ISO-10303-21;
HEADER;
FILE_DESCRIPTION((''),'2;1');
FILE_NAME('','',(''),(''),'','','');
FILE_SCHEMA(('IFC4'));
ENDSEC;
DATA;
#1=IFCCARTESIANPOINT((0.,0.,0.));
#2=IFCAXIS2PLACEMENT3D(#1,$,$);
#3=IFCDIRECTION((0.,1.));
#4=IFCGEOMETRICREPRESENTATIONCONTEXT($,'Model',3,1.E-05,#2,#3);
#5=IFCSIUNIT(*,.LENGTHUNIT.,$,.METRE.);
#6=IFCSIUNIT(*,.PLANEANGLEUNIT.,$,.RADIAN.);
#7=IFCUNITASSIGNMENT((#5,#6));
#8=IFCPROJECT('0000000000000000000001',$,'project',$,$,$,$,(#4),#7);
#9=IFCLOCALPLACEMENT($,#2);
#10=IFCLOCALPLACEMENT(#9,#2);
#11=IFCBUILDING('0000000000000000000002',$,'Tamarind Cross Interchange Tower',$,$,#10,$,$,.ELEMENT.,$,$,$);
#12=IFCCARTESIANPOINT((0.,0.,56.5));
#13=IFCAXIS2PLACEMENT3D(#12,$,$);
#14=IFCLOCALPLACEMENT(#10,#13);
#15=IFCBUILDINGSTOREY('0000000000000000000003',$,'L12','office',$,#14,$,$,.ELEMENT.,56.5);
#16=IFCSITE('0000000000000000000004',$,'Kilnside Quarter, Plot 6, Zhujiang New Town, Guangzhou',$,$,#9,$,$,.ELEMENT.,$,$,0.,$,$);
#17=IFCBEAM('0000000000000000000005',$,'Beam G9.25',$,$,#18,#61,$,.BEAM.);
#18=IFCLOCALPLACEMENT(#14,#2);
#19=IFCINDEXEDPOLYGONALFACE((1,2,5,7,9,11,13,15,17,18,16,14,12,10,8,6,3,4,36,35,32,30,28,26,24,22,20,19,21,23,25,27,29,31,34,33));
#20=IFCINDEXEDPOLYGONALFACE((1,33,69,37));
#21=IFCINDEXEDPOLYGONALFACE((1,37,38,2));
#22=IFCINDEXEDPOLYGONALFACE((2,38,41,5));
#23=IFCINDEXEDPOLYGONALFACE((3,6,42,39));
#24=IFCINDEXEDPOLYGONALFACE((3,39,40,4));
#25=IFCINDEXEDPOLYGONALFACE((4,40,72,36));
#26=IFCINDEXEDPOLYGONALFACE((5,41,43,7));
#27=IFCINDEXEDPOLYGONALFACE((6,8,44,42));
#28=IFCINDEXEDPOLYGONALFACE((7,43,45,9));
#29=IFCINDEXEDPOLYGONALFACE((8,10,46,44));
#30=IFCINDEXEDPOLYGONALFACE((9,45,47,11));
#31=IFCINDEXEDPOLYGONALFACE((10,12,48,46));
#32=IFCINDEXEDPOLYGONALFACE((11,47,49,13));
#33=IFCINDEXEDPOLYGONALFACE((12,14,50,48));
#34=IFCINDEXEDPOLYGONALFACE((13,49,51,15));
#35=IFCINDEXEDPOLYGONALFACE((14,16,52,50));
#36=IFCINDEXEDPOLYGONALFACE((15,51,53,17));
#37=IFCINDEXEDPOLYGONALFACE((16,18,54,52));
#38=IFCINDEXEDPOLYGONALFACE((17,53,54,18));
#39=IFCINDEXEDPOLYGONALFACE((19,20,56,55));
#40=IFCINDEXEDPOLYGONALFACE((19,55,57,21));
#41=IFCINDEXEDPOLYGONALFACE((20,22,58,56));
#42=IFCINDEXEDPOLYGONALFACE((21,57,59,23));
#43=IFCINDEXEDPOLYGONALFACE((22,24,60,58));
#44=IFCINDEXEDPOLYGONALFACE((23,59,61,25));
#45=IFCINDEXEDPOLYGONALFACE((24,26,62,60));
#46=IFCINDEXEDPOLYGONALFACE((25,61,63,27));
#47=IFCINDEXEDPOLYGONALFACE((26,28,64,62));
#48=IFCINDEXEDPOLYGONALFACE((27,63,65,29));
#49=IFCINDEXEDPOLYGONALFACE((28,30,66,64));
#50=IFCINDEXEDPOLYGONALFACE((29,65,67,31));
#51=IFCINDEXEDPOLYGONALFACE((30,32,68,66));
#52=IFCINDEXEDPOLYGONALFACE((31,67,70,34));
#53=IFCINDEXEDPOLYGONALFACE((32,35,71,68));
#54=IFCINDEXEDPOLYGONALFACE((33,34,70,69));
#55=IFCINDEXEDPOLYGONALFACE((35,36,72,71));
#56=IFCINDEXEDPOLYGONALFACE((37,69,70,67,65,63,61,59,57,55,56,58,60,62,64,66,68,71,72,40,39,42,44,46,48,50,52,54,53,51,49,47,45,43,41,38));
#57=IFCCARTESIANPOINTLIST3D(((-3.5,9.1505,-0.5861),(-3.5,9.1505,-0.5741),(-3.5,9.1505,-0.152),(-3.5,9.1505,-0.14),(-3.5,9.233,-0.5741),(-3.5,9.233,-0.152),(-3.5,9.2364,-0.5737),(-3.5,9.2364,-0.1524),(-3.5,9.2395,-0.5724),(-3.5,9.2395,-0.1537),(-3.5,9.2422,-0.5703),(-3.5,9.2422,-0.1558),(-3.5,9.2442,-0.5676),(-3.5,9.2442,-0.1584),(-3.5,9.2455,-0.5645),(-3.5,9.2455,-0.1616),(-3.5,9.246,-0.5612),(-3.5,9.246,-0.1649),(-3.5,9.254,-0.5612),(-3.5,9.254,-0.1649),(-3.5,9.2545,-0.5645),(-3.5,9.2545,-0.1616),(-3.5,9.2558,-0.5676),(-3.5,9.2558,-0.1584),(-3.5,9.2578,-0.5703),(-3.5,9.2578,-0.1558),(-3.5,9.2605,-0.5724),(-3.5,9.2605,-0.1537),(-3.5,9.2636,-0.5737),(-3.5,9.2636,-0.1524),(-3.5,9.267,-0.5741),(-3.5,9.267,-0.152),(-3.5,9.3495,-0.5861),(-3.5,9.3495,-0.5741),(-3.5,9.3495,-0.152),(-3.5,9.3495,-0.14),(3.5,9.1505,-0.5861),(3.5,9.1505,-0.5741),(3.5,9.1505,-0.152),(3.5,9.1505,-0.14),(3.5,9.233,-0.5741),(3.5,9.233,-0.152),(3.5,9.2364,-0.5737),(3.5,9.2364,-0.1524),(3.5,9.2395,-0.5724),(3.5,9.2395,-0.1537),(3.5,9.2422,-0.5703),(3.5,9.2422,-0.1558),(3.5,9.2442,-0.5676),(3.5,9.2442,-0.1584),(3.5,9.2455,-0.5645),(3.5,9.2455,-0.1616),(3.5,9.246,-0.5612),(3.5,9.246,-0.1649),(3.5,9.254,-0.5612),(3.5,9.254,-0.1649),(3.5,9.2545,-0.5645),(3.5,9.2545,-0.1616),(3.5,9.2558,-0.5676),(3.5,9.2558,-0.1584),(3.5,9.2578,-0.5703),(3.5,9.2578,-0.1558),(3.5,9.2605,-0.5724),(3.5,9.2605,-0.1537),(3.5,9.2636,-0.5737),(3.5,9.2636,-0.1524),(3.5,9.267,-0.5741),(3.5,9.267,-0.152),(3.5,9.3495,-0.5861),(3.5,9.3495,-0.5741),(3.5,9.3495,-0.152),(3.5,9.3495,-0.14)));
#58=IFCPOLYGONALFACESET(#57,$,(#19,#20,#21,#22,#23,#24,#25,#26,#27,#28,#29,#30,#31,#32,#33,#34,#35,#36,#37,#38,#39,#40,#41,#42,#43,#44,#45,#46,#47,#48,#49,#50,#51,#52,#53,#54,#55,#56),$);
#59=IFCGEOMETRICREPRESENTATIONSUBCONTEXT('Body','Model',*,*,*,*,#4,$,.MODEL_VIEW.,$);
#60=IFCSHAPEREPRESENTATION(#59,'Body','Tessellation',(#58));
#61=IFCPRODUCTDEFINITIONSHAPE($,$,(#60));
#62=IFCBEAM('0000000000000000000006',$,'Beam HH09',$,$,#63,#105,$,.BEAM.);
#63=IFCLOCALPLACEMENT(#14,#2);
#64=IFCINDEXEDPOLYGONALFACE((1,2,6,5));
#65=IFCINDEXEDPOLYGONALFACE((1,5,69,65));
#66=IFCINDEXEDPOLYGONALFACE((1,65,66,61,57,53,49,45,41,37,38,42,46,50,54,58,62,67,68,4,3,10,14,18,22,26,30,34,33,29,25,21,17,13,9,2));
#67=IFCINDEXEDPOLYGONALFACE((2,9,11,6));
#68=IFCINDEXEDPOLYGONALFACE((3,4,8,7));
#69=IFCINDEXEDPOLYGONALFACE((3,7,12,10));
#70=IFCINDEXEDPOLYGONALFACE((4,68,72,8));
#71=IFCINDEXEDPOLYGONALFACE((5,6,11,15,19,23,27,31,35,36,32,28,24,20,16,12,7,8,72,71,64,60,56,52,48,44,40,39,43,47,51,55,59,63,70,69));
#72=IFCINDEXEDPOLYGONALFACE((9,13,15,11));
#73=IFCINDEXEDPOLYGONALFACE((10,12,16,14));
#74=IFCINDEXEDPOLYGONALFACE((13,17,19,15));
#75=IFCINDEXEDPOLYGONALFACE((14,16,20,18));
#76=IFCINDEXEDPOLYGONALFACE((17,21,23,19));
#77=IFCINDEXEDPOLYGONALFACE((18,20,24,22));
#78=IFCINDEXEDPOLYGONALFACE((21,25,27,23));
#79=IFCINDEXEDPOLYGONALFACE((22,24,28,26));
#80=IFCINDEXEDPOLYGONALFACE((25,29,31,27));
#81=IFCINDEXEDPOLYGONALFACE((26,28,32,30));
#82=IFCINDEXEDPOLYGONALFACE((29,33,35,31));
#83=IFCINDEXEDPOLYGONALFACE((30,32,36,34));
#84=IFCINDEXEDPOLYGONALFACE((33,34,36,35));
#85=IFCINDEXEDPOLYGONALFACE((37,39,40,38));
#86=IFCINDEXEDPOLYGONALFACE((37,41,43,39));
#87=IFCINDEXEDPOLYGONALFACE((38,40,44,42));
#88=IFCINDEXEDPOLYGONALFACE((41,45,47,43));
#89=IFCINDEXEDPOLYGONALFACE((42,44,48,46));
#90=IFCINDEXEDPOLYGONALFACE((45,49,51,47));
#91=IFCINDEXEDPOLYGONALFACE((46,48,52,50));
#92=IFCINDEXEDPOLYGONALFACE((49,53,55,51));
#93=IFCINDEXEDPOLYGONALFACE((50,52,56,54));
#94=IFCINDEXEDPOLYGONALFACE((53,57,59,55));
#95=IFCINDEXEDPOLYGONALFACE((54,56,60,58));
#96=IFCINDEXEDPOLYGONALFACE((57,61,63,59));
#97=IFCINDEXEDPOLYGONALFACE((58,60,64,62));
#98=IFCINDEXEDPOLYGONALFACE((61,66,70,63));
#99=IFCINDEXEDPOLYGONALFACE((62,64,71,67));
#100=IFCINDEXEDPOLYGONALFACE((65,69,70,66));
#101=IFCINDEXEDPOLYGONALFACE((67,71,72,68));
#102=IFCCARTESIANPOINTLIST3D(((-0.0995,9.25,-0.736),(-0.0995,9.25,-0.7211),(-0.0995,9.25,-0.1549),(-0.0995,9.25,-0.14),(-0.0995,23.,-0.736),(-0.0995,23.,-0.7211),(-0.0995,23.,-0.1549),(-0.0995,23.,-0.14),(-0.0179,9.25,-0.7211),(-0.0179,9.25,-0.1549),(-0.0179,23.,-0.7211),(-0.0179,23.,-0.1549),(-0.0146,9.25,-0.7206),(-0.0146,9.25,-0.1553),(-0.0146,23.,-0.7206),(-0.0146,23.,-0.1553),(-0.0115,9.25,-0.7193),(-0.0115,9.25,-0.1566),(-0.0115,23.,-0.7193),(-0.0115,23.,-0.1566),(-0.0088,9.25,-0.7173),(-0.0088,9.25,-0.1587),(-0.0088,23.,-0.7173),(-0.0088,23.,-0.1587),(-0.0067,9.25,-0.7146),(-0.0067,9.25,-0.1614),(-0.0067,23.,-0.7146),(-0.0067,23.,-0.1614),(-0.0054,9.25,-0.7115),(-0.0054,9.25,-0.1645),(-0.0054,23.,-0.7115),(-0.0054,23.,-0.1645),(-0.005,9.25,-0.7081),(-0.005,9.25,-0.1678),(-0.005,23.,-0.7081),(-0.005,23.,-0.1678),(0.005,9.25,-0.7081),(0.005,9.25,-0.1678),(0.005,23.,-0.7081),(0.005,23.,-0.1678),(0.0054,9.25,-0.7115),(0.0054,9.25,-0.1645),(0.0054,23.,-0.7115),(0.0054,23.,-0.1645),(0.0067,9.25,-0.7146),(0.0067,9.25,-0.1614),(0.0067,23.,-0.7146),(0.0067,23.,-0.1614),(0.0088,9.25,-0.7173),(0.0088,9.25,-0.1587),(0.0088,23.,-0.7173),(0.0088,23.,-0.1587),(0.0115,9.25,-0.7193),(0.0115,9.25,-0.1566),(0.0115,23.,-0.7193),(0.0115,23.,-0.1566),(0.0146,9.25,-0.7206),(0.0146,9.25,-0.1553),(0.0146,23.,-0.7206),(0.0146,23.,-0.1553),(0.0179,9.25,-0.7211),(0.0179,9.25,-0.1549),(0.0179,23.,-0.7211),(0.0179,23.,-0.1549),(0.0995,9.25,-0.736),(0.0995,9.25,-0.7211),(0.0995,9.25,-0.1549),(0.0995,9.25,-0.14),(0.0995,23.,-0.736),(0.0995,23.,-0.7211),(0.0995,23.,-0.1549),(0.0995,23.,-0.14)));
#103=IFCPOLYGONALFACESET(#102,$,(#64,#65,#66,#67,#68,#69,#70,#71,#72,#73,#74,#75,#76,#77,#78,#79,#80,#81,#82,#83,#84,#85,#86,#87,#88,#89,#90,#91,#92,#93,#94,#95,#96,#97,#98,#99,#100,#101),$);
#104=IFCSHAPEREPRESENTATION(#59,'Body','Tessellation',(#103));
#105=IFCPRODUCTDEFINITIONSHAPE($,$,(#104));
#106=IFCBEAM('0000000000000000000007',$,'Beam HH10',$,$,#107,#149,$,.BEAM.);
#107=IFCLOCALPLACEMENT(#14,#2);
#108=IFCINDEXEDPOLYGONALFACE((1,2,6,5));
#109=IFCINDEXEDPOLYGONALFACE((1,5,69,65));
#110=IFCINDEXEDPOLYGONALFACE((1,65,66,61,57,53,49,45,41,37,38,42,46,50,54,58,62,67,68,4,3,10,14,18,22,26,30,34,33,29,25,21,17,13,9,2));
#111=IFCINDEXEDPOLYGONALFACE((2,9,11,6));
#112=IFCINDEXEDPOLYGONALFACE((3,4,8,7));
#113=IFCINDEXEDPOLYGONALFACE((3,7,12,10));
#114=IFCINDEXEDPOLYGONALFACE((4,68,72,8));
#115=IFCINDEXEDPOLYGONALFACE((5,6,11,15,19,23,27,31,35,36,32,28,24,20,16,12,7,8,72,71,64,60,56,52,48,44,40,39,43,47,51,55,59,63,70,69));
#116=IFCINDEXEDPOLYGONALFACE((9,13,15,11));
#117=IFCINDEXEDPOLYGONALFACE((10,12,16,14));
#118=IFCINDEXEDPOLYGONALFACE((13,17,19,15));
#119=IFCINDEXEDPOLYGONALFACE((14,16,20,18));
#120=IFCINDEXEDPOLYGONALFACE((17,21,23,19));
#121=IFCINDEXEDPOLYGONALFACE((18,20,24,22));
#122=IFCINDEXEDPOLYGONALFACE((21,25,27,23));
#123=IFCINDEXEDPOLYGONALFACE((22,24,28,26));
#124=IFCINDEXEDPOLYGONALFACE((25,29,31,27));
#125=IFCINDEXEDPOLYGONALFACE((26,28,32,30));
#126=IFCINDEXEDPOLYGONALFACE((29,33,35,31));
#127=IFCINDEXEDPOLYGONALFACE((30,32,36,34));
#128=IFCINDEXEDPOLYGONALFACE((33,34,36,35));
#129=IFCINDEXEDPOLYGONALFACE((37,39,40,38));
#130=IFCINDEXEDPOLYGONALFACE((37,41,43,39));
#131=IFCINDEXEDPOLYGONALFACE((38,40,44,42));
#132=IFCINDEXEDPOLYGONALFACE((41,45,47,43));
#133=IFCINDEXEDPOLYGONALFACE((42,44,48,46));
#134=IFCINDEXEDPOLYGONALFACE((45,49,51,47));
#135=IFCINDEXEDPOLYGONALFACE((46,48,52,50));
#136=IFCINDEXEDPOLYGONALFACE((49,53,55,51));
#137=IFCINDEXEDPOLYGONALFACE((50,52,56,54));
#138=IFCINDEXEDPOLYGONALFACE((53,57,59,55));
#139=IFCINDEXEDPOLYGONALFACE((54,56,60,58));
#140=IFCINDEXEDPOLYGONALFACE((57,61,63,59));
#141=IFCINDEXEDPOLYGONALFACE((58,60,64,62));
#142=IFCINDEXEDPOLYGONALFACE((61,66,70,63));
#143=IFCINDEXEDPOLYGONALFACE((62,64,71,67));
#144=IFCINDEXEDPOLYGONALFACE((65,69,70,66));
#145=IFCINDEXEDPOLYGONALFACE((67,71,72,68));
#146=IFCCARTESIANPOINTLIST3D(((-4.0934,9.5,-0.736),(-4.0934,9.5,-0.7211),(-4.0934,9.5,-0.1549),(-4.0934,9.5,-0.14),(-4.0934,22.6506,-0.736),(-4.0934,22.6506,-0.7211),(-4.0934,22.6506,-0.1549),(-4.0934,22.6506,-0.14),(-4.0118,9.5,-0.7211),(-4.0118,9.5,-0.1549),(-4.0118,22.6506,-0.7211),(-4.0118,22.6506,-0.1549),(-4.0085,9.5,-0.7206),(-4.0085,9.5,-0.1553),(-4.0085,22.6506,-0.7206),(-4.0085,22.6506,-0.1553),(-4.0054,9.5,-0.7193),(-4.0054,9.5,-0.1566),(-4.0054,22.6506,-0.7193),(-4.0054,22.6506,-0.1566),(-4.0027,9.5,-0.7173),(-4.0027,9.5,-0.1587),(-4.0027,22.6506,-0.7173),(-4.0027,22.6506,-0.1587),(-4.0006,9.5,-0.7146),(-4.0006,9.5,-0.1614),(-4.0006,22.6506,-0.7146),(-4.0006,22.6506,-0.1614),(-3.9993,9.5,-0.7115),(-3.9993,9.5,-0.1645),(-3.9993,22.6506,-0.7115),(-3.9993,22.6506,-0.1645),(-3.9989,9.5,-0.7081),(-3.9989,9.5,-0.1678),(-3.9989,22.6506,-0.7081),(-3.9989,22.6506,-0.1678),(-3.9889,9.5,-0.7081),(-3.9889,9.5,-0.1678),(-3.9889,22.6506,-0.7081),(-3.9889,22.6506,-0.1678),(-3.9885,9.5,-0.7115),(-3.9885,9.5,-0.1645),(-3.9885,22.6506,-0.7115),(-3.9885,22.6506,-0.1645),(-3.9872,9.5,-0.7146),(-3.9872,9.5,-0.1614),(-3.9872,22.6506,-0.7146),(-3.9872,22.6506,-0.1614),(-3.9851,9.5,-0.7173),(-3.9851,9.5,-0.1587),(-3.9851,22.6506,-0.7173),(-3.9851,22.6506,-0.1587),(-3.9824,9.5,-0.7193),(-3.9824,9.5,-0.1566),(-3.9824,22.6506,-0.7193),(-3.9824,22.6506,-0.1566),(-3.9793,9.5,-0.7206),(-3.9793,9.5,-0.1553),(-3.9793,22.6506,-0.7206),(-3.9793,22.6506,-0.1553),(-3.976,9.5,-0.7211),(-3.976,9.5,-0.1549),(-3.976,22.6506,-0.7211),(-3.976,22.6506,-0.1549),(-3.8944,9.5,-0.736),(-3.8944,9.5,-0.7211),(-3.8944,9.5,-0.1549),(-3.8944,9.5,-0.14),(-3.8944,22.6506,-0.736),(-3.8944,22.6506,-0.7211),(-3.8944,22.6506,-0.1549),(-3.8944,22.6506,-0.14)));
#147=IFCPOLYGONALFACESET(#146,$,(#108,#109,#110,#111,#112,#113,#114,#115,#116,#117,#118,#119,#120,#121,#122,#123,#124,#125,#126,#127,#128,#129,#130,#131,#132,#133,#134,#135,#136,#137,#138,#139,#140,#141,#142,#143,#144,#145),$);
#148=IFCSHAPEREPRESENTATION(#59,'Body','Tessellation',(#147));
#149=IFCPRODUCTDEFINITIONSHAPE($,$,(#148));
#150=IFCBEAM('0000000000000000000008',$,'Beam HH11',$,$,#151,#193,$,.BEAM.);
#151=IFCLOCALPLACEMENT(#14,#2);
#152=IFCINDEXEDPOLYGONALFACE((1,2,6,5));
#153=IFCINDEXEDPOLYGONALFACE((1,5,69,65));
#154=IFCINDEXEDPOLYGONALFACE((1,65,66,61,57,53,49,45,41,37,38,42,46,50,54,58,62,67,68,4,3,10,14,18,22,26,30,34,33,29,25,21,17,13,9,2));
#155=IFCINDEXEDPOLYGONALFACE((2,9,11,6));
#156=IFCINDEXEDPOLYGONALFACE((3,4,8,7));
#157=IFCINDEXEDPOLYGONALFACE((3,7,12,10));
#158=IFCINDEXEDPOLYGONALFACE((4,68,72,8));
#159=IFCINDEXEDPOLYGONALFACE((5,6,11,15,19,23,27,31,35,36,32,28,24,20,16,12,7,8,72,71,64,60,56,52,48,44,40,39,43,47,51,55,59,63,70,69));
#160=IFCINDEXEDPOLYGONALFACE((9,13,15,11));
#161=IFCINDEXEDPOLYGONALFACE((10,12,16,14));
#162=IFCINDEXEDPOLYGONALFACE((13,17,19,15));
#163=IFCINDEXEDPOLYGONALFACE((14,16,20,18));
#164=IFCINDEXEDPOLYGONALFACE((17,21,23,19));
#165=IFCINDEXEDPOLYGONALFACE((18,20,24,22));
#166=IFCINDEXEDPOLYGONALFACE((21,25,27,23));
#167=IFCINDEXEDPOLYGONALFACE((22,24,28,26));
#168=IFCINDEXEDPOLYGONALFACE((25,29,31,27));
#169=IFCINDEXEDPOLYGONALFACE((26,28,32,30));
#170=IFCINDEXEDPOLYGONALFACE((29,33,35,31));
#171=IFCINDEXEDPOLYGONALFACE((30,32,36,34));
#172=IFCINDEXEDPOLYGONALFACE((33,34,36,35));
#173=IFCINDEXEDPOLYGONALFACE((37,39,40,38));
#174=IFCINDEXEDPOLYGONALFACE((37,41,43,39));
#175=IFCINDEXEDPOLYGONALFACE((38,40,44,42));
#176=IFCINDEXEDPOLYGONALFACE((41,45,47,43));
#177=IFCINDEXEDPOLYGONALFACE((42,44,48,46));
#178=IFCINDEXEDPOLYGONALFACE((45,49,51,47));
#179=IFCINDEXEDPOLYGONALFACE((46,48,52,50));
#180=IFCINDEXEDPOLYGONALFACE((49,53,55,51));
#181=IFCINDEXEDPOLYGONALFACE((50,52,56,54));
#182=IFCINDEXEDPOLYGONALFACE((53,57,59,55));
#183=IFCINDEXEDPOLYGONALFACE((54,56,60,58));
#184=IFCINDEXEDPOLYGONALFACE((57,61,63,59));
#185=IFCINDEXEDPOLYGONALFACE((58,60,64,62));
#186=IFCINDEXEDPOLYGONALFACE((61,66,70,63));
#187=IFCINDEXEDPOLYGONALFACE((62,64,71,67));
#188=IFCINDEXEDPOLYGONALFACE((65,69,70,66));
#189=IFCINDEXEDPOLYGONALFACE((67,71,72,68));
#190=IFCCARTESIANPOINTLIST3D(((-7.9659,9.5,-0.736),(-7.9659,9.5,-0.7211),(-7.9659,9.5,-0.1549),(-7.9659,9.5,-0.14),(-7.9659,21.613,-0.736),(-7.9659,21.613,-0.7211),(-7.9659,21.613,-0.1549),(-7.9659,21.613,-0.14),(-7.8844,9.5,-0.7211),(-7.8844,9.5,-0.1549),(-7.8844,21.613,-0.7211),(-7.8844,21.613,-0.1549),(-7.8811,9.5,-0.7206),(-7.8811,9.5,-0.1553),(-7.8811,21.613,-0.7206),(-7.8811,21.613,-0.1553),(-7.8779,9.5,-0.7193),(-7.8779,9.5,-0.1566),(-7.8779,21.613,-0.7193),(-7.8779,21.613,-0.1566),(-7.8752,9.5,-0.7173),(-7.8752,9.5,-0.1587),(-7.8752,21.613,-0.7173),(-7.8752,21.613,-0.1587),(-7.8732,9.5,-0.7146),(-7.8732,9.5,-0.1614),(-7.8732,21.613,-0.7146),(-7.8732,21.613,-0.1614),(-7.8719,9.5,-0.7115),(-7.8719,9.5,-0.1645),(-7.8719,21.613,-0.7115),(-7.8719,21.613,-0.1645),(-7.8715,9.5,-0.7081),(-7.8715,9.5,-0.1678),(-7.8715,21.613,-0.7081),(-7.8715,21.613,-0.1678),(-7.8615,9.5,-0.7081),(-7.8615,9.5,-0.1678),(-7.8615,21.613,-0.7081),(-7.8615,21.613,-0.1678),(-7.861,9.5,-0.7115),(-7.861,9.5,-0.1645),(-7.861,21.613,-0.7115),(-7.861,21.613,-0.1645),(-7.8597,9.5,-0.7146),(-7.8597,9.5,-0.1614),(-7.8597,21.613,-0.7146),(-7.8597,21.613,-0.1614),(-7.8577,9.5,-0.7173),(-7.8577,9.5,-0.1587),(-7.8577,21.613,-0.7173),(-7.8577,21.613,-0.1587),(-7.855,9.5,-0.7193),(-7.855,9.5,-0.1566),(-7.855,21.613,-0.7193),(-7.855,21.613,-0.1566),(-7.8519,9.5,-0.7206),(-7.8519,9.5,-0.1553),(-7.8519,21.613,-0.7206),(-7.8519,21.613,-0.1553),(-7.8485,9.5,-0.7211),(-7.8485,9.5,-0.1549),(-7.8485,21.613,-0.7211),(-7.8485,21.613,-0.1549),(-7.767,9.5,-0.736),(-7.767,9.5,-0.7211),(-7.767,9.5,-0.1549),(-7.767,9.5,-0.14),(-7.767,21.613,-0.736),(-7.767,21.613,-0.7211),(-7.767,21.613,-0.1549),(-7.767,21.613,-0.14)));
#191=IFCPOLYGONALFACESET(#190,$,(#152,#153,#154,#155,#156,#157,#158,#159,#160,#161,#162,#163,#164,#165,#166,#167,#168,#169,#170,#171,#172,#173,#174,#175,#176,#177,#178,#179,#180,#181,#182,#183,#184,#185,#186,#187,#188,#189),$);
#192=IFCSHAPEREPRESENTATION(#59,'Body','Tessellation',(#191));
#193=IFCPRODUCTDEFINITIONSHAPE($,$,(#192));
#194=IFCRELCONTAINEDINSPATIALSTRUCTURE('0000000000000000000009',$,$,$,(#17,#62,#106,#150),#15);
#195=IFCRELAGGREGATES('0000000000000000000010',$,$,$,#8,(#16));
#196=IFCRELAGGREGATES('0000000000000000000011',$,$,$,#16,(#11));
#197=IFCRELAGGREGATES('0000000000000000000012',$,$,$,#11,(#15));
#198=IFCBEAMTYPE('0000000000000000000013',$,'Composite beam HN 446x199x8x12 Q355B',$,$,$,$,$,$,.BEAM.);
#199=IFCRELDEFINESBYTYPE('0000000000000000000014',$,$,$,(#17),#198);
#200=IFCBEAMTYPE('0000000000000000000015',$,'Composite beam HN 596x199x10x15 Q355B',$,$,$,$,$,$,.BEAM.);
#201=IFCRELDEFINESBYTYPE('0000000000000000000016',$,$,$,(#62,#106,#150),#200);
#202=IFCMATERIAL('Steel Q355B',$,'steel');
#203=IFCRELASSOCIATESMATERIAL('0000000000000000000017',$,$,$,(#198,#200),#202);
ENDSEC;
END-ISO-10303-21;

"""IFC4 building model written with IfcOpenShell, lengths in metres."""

from ifc_helpers import new_model, si_unit, direction, frame, origin, origin_2d, place, context, subcontext, project, spatial, i_section, extrude, material, material_profile, profile_set, type_object, element, save


model = new_model("IFC4")

# Units and contexts
model_context = context("Model", 3, precision=1e-05, world=origin(), true_north=direction((0.0, 1.0)))
body_context = subcontext(model_context, "Body", "Model", "MODEL_VIEW")
ifc_project = project(units=[si_unit("LENGTHUNIT", "METRE"), si_unit("PLANEANGLEUNIT", "RADIAN")], contexts=[model_context])

# Site, building, storey
site_placement = place(None, origin())
site = spatial("IfcSite", under=ifc_project, at=site_placement, Name="Kilnside Quarter, Plot 6, Zhujiang New Town, Guangzhou", CompositionType="ELEMENT", RefElevation=0.0)
building_placement = place(site_placement, origin())
building = spatial("IfcBuilding", under=site, at=building_placement, Name="Tamarind Cross Interchange Tower", CompositionType="ELEMENT")
storey_placement = place(building_placement, frame((0.0, 0.0, 56.5)))
storey = spatial("IfcBuildingStorey", under=building, at=storey_placement, Name="L12", Description="office", CompositionType="ELEMENT", Elevation=56.5)

# Beams
ifc_material_1 = material(Name="Steel Q355B", Category="steel")
ifc_material_profile_1 = material_profile(ifc_material_1, i_section(OverallWidth=0.199, OverallDepth=0.446, WebThickness=0.0081, FlangeThickness=0.012, FilletRadius=0.0129, at=origin_2d()), Name="HN 446x199x8x12")
ifc_profile_set_1 = profile_set([ifc_material_profile_1], Name="Steel Q355B")
beam_type_1 = type_object("IfcBeamType", Name="Composite beam HN 446x199x8x12 Q355B", PredefinedType="BEAM", material=ifc_profile_set_1)
for number, where, z_axis, x_axis, name in (
    (1, (-3.5, 9.25, -0.363), (1.0, 0.0, 0.0), (0.0, 1.0, 0.0), "Beam G9.25"),
):
    element("IfcBeam", number, at=place(storey_placement, frame(where, z_axis=z_axis, x_axis=x_axis)), inside=storey, type_object=beam_type_1, Name=name, PredefinedType="BEAM", context=body_context, shape_type="SweptSolid", body=[
        extrude(i_section(OverallWidth=0.199, OverallDepth=0.446, WebThickness=0.0081, FlangeThickness=0.012, FilletRadius=0.0129, at=origin_2d()), origin(), (0.0, 0.0, 1.0), 7.0),
    ])
ifc_material_profile_2 = material_profile(ifc_material_1, i_section(OverallWidth=0.199, OverallDepth=0.5959, WebThickness=0.01, FlangeThickness=0.0149, FilletRadius=0.0129, at=origin_2d()), Name="HN 596x199x10x15")
ifc_profile_set_2 = profile_set([ifc_material_profile_2], Name="Steel Q355B")
beam_type_2 = type_object("IfcBeamType", Name="Composite beam HN 596x199x10x15 Q355B", PredefinedType="BEAM", material=ifc_profile_set_2)
beam_1_placement = place(storey_placement, frame((0.0, 23.0, -0.438), z_axis=(0.0, -1.0, 0.0), x_axis=(1.0, 0.0, 0.0)))
element("IfcBeam", 2, at=beam_1_placement, inside=storey, type_object=beam_type_2, Name="Beam HH09", PredefinedType="BEAM", context=body_context, shape_type="SweptSolid", body=[
    extrude(i_section(OverallWidth=0.199, OverallDepth=0.5959, WebThickness=0.01, FlangeThickness=0.0149, FilletRadius=0.0129, at=origin_2d()), origin(), (0.0, 0.0, 1.0), 13.75),
])
beam_2_placement = place(storey_placement, frame((-3.9939, 22.6506, -0.438), z_axis=(0.0, -1.0, 0.0), x_axis=(1.0, 0.0, 0.0)))
element("IfcBeam", 3, at=beam_2_placement, inside=storey, type_object=beam_type_2, Name="Beam HH10", PredefinedType="BEAM", context=body_context, shape_type="SweptSolid", body=[
    extrude(i_section(OverallWidth=0.199, OverallDepth=0.5959, WebThickness=0.01, FlangeThickness=0.0149, FilletRadius=0.0129, at=origin_2d()), origin(), (0.0, 0.0, 1.0), 13.1506),
])
beam_3_placement = place(storey_placement, frame((-7.8665, 21.613, -0.438), z_axis=(0.0, -1.0, 0.0), x_axis=(1.0, 0.0, 0.0)))
element("IfcBeam", 4, at=beam_3_placement, inside=storey, type_object=beam_type_2, Name="Beam HH11", PredefinedType="BEAM", context=body_context, shape_type="SweptSolid", body=[
    extrude(i_section(OverallWidth=0.199, OverallDepth=0.5959, WebThickness=0.01, FlangeThickness=0.0149, FilletRadius=0.0129, at=origin_2d()), origin(), (0.0, 0.0, 1.0), 12.113),
])

save(model, "model.ifc")
